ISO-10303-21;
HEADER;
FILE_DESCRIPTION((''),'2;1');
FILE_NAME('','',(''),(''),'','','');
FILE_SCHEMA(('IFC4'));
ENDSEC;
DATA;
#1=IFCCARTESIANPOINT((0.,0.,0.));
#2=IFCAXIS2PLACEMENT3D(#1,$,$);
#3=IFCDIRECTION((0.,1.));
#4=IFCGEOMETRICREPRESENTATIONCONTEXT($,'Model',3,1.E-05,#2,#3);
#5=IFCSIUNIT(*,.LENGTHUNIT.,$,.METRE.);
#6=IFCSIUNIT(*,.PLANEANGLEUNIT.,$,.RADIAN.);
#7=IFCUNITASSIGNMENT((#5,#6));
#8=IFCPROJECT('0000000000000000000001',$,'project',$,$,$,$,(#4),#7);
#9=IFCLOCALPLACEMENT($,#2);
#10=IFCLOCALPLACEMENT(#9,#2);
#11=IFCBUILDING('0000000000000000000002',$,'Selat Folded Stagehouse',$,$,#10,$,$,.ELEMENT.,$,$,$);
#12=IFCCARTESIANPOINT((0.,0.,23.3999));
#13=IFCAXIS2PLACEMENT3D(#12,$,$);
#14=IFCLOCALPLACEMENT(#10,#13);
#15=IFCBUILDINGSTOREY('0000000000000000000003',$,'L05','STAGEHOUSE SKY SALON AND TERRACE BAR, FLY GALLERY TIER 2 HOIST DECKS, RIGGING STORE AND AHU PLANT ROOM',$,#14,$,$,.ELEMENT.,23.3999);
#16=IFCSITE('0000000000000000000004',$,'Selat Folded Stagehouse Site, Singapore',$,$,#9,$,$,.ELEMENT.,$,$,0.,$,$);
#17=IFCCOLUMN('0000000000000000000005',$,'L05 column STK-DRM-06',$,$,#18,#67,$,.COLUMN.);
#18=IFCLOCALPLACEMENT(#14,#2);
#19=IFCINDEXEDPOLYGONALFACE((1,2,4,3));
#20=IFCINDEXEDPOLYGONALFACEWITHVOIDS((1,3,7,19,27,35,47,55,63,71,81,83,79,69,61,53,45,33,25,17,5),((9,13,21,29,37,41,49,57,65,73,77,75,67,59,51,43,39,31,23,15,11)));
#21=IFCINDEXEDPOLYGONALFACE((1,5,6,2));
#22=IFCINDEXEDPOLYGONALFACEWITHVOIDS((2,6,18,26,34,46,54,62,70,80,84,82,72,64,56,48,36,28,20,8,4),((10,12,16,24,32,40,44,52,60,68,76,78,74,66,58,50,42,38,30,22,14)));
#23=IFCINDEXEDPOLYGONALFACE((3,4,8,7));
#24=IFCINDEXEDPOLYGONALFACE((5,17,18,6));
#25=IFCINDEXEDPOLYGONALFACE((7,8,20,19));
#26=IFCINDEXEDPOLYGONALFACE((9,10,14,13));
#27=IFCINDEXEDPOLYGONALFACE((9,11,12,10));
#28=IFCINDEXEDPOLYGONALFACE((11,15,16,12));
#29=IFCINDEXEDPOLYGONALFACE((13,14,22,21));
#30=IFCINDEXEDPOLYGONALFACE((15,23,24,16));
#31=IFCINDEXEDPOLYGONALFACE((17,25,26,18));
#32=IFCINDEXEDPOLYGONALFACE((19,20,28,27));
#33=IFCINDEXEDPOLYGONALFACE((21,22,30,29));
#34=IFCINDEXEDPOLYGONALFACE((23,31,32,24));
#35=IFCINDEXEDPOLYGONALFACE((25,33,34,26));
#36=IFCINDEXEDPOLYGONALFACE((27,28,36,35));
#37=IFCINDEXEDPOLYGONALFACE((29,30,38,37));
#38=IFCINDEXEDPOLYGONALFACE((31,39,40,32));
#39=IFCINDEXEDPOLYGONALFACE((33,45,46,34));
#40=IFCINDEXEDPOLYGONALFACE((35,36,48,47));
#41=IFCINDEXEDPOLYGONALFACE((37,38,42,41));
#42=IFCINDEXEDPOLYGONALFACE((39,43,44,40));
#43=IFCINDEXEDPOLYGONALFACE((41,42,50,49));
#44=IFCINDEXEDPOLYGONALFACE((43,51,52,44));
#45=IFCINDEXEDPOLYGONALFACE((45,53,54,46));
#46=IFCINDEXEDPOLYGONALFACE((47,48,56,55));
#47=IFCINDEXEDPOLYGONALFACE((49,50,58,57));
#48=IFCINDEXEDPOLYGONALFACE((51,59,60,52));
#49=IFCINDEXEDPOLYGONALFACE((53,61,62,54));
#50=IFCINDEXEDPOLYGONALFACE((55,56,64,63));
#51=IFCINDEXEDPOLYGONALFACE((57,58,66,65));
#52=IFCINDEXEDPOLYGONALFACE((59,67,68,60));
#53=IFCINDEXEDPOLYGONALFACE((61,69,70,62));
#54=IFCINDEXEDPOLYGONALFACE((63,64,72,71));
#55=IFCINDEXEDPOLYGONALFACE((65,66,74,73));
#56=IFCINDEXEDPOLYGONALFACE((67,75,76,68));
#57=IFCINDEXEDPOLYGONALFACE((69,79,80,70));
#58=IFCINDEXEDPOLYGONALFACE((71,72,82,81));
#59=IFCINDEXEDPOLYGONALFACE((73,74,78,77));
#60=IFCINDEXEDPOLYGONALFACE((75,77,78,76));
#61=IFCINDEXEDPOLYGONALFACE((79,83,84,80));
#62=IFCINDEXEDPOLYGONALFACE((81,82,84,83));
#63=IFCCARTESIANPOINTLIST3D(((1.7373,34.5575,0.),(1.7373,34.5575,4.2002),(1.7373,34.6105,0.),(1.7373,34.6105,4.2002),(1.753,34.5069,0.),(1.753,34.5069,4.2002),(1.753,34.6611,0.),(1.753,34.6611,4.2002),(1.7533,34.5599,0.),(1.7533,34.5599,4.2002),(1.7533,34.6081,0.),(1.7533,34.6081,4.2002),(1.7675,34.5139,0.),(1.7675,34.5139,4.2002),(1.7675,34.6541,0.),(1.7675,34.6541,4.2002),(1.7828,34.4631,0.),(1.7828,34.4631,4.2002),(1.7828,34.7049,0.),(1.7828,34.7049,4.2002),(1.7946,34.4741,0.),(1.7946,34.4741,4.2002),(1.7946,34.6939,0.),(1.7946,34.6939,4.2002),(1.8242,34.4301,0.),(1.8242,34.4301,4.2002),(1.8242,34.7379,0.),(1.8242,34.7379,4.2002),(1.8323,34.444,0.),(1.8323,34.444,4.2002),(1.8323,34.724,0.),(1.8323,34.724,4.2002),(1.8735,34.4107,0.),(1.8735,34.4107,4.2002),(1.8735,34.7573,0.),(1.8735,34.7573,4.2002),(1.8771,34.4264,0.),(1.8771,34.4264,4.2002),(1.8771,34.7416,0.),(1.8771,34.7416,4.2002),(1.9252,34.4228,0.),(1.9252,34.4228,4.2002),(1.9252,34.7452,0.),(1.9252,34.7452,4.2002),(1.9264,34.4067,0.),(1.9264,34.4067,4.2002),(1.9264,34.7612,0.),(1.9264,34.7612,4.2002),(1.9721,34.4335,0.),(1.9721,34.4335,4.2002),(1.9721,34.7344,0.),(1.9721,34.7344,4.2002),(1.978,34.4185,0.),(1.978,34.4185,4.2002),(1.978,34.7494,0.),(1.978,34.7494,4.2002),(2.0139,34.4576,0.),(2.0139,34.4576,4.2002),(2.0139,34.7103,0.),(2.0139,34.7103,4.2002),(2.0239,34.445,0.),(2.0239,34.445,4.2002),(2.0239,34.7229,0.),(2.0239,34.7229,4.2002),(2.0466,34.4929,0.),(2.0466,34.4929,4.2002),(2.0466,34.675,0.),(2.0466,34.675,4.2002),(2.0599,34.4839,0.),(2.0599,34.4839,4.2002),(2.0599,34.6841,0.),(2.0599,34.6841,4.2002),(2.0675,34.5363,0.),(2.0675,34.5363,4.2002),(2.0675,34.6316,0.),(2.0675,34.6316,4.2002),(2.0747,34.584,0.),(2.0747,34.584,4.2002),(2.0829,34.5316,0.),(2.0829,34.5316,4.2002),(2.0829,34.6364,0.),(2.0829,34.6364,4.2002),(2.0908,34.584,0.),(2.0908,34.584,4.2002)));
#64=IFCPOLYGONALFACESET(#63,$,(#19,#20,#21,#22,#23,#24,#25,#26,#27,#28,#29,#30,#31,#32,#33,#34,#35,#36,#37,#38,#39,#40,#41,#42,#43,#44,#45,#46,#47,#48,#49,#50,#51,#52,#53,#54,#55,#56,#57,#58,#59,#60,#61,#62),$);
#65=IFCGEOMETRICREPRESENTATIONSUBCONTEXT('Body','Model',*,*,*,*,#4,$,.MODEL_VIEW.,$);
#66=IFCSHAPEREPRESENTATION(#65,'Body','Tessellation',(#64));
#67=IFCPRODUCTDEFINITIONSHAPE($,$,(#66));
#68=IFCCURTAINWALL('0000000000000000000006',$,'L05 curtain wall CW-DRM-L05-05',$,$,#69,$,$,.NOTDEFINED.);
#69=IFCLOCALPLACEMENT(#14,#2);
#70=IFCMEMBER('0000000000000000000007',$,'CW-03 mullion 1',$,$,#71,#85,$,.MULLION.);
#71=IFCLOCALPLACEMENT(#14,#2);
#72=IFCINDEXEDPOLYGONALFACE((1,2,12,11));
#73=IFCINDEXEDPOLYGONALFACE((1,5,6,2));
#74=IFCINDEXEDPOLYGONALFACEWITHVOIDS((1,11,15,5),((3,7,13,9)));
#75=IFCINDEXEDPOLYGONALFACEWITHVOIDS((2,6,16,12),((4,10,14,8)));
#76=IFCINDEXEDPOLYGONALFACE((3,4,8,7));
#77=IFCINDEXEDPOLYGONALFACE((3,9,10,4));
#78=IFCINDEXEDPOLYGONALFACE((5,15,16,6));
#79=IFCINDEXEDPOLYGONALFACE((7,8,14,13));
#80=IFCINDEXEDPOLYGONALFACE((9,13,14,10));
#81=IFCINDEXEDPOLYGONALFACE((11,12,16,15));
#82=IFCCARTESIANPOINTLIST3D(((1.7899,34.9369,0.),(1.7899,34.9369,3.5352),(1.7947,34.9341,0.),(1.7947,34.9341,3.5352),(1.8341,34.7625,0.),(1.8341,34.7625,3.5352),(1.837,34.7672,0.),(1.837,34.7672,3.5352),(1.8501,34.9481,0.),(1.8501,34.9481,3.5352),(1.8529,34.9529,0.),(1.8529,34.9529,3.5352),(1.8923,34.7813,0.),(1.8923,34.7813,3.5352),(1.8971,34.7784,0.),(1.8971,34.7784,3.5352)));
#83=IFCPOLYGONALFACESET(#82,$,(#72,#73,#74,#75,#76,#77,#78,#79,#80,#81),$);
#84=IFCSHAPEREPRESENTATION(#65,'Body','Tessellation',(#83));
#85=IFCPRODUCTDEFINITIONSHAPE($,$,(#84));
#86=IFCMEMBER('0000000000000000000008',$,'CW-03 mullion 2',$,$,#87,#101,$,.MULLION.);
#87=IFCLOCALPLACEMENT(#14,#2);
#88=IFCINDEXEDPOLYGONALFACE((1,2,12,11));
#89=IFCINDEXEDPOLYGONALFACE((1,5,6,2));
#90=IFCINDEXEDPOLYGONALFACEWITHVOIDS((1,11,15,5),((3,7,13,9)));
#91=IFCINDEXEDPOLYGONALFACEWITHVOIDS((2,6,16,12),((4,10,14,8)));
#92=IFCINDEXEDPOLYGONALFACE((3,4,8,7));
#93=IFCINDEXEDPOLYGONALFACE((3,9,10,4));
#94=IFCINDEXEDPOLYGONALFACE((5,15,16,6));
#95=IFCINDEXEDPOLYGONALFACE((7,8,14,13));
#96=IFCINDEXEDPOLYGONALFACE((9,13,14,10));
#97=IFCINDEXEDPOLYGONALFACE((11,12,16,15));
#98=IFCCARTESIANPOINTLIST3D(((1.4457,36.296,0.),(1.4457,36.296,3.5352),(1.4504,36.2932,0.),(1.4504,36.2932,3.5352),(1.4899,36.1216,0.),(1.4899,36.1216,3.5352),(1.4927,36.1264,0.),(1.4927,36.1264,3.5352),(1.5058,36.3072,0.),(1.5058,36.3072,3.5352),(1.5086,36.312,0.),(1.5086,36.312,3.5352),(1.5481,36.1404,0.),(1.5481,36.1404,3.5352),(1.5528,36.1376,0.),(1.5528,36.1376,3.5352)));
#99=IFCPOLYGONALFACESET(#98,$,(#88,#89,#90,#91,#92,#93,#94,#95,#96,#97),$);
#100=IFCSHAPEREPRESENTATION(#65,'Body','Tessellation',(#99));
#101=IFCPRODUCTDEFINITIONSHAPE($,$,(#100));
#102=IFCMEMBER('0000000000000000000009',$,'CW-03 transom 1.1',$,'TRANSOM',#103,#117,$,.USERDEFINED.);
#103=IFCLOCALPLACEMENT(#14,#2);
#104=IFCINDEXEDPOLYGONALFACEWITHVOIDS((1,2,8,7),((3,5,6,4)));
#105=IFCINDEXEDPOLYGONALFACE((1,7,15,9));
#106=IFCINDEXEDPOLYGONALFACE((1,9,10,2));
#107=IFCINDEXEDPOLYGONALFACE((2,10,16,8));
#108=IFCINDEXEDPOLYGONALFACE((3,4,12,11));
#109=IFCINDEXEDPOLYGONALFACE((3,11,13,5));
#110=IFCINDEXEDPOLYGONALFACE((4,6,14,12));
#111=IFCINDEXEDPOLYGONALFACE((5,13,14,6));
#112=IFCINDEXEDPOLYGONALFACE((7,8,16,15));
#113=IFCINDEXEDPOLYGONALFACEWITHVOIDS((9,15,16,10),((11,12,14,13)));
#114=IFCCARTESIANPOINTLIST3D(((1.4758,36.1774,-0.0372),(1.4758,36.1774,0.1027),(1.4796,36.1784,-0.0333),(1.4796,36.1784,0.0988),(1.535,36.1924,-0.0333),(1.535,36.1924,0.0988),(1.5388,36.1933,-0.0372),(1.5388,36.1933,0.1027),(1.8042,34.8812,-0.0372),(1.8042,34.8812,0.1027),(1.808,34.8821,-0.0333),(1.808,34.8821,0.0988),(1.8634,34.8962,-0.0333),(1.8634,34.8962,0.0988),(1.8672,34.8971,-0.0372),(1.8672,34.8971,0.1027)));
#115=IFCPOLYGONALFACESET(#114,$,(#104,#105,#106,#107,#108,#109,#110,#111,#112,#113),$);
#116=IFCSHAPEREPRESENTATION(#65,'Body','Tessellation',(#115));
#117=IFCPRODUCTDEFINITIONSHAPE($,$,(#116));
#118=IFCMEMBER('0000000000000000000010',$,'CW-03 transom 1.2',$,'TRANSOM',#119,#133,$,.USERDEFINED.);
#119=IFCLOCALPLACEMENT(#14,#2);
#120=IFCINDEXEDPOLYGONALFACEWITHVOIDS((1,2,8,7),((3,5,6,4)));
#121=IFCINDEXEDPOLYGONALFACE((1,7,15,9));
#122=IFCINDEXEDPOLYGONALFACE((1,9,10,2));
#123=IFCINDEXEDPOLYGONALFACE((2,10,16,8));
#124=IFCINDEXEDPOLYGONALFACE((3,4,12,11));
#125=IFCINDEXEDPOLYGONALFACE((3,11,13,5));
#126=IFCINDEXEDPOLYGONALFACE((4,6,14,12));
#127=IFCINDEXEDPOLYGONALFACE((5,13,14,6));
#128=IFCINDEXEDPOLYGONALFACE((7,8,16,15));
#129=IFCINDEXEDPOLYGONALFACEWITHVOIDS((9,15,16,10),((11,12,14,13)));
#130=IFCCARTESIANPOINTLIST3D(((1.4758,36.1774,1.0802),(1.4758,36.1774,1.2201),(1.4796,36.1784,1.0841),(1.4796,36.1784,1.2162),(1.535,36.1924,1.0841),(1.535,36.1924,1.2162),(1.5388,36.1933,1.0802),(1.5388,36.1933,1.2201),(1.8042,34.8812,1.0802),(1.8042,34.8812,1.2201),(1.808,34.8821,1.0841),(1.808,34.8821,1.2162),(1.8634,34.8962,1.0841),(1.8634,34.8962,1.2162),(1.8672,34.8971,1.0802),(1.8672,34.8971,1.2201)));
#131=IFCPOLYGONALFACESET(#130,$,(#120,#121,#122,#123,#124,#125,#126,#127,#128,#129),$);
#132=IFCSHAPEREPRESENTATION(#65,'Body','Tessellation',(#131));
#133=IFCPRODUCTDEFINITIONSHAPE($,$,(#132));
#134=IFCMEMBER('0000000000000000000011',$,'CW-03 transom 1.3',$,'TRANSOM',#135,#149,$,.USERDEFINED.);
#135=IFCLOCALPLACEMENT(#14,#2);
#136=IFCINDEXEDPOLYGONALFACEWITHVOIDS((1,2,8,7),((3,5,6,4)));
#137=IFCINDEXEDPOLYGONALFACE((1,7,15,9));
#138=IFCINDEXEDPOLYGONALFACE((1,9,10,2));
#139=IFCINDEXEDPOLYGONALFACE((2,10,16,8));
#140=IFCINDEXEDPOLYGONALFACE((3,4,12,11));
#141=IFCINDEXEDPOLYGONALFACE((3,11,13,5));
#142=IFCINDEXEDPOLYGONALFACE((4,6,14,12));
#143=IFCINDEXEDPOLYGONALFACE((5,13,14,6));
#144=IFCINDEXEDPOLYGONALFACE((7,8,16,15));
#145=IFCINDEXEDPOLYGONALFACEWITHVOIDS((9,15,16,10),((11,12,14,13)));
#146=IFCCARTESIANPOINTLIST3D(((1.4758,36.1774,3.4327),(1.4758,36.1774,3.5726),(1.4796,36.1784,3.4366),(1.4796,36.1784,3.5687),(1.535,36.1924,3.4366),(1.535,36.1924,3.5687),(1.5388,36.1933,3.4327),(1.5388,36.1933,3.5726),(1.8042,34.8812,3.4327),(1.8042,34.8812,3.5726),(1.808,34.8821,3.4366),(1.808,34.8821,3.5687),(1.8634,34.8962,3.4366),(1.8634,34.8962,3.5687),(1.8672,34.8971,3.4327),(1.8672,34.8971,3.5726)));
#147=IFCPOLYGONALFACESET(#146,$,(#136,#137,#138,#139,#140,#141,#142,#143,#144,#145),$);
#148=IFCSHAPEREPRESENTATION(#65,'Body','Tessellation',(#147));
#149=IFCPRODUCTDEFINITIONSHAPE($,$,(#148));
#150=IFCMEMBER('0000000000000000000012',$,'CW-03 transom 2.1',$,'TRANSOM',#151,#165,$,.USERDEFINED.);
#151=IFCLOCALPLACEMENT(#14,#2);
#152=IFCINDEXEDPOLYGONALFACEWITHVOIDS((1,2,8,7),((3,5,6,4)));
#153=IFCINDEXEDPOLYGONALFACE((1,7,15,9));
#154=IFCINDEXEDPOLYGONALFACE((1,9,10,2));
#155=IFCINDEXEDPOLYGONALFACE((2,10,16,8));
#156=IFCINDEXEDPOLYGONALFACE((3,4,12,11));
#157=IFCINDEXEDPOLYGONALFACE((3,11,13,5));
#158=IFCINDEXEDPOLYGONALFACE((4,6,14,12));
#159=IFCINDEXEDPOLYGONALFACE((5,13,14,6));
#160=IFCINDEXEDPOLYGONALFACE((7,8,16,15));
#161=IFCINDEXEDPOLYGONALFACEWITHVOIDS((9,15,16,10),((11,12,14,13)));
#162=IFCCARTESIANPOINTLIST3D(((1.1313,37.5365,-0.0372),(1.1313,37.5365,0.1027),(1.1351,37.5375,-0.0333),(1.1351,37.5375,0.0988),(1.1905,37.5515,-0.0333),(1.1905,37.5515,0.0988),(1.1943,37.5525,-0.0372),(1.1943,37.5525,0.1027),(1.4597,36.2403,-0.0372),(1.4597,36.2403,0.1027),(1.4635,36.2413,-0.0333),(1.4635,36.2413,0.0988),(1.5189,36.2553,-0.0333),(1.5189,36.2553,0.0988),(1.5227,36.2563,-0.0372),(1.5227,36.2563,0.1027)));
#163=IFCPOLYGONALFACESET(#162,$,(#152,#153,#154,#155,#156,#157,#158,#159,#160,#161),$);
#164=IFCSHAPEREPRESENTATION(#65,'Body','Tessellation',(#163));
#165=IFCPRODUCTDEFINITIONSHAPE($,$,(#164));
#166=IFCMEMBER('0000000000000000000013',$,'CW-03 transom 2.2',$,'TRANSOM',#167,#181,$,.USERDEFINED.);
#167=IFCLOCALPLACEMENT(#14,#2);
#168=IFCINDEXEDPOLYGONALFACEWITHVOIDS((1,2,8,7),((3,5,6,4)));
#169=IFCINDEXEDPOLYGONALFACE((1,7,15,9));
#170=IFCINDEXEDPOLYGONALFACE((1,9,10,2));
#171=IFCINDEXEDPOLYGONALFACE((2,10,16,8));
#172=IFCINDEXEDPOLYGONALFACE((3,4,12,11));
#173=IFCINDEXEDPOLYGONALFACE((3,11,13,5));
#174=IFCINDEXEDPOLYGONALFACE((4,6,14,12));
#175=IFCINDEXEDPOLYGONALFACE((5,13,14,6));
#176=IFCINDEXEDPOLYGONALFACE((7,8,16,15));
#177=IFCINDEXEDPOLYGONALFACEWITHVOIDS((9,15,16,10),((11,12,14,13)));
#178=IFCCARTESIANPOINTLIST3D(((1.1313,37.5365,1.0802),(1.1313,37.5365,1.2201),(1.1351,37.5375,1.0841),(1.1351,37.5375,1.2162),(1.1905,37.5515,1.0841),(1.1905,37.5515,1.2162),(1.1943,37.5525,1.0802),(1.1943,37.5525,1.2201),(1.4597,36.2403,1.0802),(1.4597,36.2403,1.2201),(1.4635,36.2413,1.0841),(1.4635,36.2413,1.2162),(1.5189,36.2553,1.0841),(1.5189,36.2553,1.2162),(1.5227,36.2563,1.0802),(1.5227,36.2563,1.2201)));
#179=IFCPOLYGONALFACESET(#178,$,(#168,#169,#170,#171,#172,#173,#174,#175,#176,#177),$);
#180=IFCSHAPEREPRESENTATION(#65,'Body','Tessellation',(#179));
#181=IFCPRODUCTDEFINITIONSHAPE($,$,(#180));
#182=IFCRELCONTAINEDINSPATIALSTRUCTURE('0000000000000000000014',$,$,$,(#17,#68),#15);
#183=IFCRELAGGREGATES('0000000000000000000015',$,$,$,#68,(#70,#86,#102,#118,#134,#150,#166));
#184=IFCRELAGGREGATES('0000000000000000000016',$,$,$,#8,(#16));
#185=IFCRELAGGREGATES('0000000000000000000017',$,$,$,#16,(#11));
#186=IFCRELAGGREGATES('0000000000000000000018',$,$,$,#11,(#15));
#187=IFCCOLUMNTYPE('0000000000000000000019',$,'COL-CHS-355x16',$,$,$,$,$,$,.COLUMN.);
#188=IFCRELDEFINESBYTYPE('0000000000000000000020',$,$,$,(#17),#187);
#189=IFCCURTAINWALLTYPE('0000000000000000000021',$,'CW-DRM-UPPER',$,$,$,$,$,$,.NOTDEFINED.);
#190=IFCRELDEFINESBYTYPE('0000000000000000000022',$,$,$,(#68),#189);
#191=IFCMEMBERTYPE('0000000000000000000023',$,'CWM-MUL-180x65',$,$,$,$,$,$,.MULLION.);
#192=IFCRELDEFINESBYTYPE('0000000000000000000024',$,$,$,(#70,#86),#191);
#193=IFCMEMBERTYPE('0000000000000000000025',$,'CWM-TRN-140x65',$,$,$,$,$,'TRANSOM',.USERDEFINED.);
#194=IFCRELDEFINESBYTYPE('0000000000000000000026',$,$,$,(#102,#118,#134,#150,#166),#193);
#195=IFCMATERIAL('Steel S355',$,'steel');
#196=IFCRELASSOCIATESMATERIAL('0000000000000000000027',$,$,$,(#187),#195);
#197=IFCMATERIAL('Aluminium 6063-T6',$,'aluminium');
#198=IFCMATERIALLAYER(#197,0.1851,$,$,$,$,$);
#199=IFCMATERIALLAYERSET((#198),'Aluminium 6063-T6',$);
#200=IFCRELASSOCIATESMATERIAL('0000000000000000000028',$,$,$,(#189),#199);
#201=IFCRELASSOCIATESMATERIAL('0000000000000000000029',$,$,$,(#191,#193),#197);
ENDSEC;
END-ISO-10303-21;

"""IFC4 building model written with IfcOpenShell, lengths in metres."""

from ifc_helpers import new_model, si_unit, direction, frame, origin, origin_2d, place, context, subcontext, project, spatial, hollow_rectangle, hollow_circle, extrude, material, layer, layer_set, material_profile, profile_set, type_object, element, aggregate, save


model = new_model("IFC4")

# Units and contexts
model_context = context("Model", 3, precision=1e-05, world=origin(), true_north=direction((0.0, 1.0)))
body_context = subcontext(model_context, "Body", "Model", "MODEL_VIEW")
ifc_project = project(units=[si_unit("LENGTHUNIT", "METRE"), si_unit("PLANEANGLEUNIT", "RADIAN")], contexts=[model_context])

# Site, building, storey
site_placement = place(None, origin())
site = spatial("IfcSite", under=ifc_project, at=site_placement, Name="Selat Folded Stagehouse Site, Singapore", CompositionType="ELEMENT", RefElevation=0.0)
building_placement = place(site_placement, origin())
building = spatial("IfcBuilding", under=site, at=building_placement, Name="Selat Folded Stagehouse", CompositionType="ELEMENT")
storey_placement = place(building_placement, frame((0.0, 0.0, 23.3999)))
storey = spatial("IfcBuildingStorey", under=building, at=storey_placement, Name="L05", Description="STAGEHOUSE SKY SALON AND TERRACE BAR, FLY GALLERY TIER 2 HOIST DECKS, RIGGING STORE AND AHU PLANT ROOM", CompositionType="ELEMENT", Elevation=23.3999)

# Column
ifc_material_1 = material(Name="Steel S355", Category="steel")
ifc_material_profile_1 = material_profile(ifc_material_1, hollow_circle(Radius=0.1777, WallThickness=0.0161, at=origin_2d()), Name="CHS 355.6x16.0")
ifc_profile_set_1 = profile_set([ifc_material_profile_1], Name="Steel S355")
column_type = type_object("IfcColumnType", Name="COL-CHS-355x16", PredefinedType="COLUMN", material=ifc_profile_set_1)
column_placement = place(storey_placement, frame((1.9131, 34.584, 0.0), z_axis=(0.0, 0.0, 1.0), x_axis=(1.0, 0.0, 0.0)))
element("IfcColumn", 1, at=column_placement, inside=storey, type_object=column_type, Name="L05 column STK-DRM-06", PredefinedType="COLUMN", context=body_context, shape_type="SweptSolid", body=[
    extrude(hollow_circle(Radius=0.1777, WallThickness=0.0161, at=origin_2d()), origin(), (0.0, 0.0, 1.0), 4.2002),
])

# Curtain wall, members
ifc_material_2 = material(Name="Aluminium 6063-T6", Category="aluminium")
ifc_layer_1 = layer(ifc_material_2, 0.1851)
ifc_layer_set_1 = layer_set([ifc_layer_1], Name="Aluminium 6063-T6")
curtain_wall_type = type_object("IfcCurtainWallType", Name="CW-DRM-UPPER", PredefinedType="NOTDEFINED", material=ifc_layer_set_1)
curtain_wall_placement = place(storey_placement, origin())
curtain_wall = element("IfcCurtainWall", 2, at=curtain_wall_placement, inside=storey, type_object=curtain_wall_type, Name="L05 curtain wall CW-DRM-L05-05", PredefinedType="NOTDEFINED")
ifc_material_profile_2 = material_profile(ifc_material_2, hollow_rectangle(XDim=0.0649, YDim=0.1799, WallThickness=0.0039, at=origin_2d()), Name="ALU 180x65x4.0")
ifc_profile_set_2 = profile_set([ifc_material_profile_2], Name="Aluminium 6063-T6")
member_type_1 = type_object("IfcMemberType", Name="CWM-MUL-180x65", PredefinedType="MULLION", material=ifc_profile_set_2)
member_1_placement = place(storey_placement, frame((1.8435, 34.8577, 0.0), z_axis=(0.0, 0.0, 1.0), x_axis=(-0.969367, -0.245618, 0.0)))
member_1 = element("IfcMember", 3, at=member_1_placement, type_object=member_type_1, Name="CW-03 mullion 1", PredefinedType="MULLION", context=body_context, shape_type="SweptSolid", body=[
    extrude(hollow_rectangle(XDim=0.0649, YDim=0.1799, WallThickness=0.0039, at=origin_2d()), origin(), (0.0, 0.0, 1.0), 3.5352),
])
member_2_placement = place(storey_placement, frame((1.4993, 36.2168, 0.0), z_axis=(0.0, 0.0, 1.0), x_axis=(-0.969367, -0.245618, 0.0)))
member_2 = element("IfcMember", 4, at=member_2_placement, type_object=member_type_1, Name="CW-03 mullion 2", PredefinedType="MULLION", context=body_context, shape_type="SweptSolid", body=[
    extrude(hollow_rectangle(XDim=0.0649, YDim=0.1799, WallThickness=0.0039, at=origin_2d()), origin(), (0.0, 0.0, 1.0), 3.5352),
])
ifc_material_profile_3 = material_profile(ifc_material_2, hollow_rectangle(XDim=0.0649, YDim=0.1399, WallThickness=0.0039, at=origin_2d()), Name="ALU 140x65x4.0")
ifc_profile_set_3 = profile_set([ifc_material_profile_3], Name="Aluminium 6063-T6")
member_type_2 = type_object("IfcMemberType", Name="CWM-TRN-140x65", ElementType="TRANSOM", PredefinedType="USERDEFINED", material=ifc_profile_set_3)
member_3_placement = place(storey_placement, frame((1.8357, 34.8892, 0.0327), z_axis=(-0.245585, 0.969375, 0.0), x_axis=(-0.969375, -0.245585, 0.0)))
member_3 = element("IfcMember", 5, at=member_3_placement, type_object=member_type_2, Name="CW-03 transom 1.1", ObjectType="TRANSOM", PredefinedType="USERDEFINED", context=body_context, shape_type="SweptSolid", body=[
    extrude(hollow_rectangle(XDim=0.0649, YDim=0.1399, WallThickness=0.0039, at=origin_2d()), origin(), (0.0, 0.0, 1.0), 1.3372),
])
member_4_placement = place(storey_placement, frame((1.8357, 34.8892, 1.1501), z_axis=(-0.245585, 0.969375, 0.0), x_axis=(-0.969375, -0.245585, 0.0)))
member_4 = element("IfcMember", 6, at=member_4_placement, type_object=member_type_2, Name="CW-03 transom 1.2", ObjectType="TRANSOM", PredefinedType="USERDEFINED", context=body_context, shape_type="SweptSolid", body=[
    extrude(hollow_rectangle(XDim=0.0649, YDim=0.1399, WallThickness=0.0039, at=origin_2d()), origin(), (0.0, 0.0, 1.0), 1.3372),
])
member_5_placement = place(storey_placement, frame((1.8357, 34.8892, 3.5027), z_axis=(-0.245585, 0.969375, 0.0), x_axis=(-0.969375, -0.245585, 0.0)))
member_5 = element("IfcMember", 7, at=member_5_placement, type_object=member_type_2, Name="CW-03 transom 1.3", ObjectType="TRANSOM", PredefinedType="USERDEFINED", context=body_context, shape_type="SweptSolid", body=[
    extrude(hollow_rectangle(XDim=0.0649, YDim=0.1399, WallThickness=0.0039, at=origin_2d()), origin(), (0.0, 0.0, 1.0), 1.3372),
])
member_6_placement = place(storey_placement, frame((1.4912, 36.2483, 0.0327), z_axis=(-0.245585, 0.969375, 0.0), x_axis=(-0.969375, -0.245585, 0.0)))
member_6 = element("IfcMember", 8, at=member_6_placement, type_object=member_type_2, Name="CW-03 transom 2.1", ObjectType="TRANSOM", PredefinedType="USERDEFINED", context=body_context, shape_type="SweptSolid", body=[
    extrude(hollow_rectangle(XDim=0.0649, YDim=0.1399, WallThickness=0.0039, at=origin_2d()), origin(), (0.0, 0.0, 1.0), 1.3372),
])
member_7_placement = place(storey_placement, frame((1.4912, 36.2483, 1.1501), z_axis=(-0.245585, 0.969375, 0.0), x_axis=(-0.969375, -0.245585, 0.0)))
member_7 = element("IfcMember", 9, at=member_7_placement, type_object=member_type_2, Name="CW-03 transom 2.2", ObjectType="TRANSOM", PredefinedType="USERDEFINED", context=body_context, shape_type="SweptSolid", body=[
    extrude(hollow_rectangle(XDim=0.0649, YDim=0.1399, WallThickness=0.0039, at=origin_2d()), origin(), (0.0, 0.0, 1.0), 1.3372),
])

aggregate(curtain_wall, [member_1, member_2, member_3, member_4, member_5, member_6, member_7])

save(model, "model.ifc")
